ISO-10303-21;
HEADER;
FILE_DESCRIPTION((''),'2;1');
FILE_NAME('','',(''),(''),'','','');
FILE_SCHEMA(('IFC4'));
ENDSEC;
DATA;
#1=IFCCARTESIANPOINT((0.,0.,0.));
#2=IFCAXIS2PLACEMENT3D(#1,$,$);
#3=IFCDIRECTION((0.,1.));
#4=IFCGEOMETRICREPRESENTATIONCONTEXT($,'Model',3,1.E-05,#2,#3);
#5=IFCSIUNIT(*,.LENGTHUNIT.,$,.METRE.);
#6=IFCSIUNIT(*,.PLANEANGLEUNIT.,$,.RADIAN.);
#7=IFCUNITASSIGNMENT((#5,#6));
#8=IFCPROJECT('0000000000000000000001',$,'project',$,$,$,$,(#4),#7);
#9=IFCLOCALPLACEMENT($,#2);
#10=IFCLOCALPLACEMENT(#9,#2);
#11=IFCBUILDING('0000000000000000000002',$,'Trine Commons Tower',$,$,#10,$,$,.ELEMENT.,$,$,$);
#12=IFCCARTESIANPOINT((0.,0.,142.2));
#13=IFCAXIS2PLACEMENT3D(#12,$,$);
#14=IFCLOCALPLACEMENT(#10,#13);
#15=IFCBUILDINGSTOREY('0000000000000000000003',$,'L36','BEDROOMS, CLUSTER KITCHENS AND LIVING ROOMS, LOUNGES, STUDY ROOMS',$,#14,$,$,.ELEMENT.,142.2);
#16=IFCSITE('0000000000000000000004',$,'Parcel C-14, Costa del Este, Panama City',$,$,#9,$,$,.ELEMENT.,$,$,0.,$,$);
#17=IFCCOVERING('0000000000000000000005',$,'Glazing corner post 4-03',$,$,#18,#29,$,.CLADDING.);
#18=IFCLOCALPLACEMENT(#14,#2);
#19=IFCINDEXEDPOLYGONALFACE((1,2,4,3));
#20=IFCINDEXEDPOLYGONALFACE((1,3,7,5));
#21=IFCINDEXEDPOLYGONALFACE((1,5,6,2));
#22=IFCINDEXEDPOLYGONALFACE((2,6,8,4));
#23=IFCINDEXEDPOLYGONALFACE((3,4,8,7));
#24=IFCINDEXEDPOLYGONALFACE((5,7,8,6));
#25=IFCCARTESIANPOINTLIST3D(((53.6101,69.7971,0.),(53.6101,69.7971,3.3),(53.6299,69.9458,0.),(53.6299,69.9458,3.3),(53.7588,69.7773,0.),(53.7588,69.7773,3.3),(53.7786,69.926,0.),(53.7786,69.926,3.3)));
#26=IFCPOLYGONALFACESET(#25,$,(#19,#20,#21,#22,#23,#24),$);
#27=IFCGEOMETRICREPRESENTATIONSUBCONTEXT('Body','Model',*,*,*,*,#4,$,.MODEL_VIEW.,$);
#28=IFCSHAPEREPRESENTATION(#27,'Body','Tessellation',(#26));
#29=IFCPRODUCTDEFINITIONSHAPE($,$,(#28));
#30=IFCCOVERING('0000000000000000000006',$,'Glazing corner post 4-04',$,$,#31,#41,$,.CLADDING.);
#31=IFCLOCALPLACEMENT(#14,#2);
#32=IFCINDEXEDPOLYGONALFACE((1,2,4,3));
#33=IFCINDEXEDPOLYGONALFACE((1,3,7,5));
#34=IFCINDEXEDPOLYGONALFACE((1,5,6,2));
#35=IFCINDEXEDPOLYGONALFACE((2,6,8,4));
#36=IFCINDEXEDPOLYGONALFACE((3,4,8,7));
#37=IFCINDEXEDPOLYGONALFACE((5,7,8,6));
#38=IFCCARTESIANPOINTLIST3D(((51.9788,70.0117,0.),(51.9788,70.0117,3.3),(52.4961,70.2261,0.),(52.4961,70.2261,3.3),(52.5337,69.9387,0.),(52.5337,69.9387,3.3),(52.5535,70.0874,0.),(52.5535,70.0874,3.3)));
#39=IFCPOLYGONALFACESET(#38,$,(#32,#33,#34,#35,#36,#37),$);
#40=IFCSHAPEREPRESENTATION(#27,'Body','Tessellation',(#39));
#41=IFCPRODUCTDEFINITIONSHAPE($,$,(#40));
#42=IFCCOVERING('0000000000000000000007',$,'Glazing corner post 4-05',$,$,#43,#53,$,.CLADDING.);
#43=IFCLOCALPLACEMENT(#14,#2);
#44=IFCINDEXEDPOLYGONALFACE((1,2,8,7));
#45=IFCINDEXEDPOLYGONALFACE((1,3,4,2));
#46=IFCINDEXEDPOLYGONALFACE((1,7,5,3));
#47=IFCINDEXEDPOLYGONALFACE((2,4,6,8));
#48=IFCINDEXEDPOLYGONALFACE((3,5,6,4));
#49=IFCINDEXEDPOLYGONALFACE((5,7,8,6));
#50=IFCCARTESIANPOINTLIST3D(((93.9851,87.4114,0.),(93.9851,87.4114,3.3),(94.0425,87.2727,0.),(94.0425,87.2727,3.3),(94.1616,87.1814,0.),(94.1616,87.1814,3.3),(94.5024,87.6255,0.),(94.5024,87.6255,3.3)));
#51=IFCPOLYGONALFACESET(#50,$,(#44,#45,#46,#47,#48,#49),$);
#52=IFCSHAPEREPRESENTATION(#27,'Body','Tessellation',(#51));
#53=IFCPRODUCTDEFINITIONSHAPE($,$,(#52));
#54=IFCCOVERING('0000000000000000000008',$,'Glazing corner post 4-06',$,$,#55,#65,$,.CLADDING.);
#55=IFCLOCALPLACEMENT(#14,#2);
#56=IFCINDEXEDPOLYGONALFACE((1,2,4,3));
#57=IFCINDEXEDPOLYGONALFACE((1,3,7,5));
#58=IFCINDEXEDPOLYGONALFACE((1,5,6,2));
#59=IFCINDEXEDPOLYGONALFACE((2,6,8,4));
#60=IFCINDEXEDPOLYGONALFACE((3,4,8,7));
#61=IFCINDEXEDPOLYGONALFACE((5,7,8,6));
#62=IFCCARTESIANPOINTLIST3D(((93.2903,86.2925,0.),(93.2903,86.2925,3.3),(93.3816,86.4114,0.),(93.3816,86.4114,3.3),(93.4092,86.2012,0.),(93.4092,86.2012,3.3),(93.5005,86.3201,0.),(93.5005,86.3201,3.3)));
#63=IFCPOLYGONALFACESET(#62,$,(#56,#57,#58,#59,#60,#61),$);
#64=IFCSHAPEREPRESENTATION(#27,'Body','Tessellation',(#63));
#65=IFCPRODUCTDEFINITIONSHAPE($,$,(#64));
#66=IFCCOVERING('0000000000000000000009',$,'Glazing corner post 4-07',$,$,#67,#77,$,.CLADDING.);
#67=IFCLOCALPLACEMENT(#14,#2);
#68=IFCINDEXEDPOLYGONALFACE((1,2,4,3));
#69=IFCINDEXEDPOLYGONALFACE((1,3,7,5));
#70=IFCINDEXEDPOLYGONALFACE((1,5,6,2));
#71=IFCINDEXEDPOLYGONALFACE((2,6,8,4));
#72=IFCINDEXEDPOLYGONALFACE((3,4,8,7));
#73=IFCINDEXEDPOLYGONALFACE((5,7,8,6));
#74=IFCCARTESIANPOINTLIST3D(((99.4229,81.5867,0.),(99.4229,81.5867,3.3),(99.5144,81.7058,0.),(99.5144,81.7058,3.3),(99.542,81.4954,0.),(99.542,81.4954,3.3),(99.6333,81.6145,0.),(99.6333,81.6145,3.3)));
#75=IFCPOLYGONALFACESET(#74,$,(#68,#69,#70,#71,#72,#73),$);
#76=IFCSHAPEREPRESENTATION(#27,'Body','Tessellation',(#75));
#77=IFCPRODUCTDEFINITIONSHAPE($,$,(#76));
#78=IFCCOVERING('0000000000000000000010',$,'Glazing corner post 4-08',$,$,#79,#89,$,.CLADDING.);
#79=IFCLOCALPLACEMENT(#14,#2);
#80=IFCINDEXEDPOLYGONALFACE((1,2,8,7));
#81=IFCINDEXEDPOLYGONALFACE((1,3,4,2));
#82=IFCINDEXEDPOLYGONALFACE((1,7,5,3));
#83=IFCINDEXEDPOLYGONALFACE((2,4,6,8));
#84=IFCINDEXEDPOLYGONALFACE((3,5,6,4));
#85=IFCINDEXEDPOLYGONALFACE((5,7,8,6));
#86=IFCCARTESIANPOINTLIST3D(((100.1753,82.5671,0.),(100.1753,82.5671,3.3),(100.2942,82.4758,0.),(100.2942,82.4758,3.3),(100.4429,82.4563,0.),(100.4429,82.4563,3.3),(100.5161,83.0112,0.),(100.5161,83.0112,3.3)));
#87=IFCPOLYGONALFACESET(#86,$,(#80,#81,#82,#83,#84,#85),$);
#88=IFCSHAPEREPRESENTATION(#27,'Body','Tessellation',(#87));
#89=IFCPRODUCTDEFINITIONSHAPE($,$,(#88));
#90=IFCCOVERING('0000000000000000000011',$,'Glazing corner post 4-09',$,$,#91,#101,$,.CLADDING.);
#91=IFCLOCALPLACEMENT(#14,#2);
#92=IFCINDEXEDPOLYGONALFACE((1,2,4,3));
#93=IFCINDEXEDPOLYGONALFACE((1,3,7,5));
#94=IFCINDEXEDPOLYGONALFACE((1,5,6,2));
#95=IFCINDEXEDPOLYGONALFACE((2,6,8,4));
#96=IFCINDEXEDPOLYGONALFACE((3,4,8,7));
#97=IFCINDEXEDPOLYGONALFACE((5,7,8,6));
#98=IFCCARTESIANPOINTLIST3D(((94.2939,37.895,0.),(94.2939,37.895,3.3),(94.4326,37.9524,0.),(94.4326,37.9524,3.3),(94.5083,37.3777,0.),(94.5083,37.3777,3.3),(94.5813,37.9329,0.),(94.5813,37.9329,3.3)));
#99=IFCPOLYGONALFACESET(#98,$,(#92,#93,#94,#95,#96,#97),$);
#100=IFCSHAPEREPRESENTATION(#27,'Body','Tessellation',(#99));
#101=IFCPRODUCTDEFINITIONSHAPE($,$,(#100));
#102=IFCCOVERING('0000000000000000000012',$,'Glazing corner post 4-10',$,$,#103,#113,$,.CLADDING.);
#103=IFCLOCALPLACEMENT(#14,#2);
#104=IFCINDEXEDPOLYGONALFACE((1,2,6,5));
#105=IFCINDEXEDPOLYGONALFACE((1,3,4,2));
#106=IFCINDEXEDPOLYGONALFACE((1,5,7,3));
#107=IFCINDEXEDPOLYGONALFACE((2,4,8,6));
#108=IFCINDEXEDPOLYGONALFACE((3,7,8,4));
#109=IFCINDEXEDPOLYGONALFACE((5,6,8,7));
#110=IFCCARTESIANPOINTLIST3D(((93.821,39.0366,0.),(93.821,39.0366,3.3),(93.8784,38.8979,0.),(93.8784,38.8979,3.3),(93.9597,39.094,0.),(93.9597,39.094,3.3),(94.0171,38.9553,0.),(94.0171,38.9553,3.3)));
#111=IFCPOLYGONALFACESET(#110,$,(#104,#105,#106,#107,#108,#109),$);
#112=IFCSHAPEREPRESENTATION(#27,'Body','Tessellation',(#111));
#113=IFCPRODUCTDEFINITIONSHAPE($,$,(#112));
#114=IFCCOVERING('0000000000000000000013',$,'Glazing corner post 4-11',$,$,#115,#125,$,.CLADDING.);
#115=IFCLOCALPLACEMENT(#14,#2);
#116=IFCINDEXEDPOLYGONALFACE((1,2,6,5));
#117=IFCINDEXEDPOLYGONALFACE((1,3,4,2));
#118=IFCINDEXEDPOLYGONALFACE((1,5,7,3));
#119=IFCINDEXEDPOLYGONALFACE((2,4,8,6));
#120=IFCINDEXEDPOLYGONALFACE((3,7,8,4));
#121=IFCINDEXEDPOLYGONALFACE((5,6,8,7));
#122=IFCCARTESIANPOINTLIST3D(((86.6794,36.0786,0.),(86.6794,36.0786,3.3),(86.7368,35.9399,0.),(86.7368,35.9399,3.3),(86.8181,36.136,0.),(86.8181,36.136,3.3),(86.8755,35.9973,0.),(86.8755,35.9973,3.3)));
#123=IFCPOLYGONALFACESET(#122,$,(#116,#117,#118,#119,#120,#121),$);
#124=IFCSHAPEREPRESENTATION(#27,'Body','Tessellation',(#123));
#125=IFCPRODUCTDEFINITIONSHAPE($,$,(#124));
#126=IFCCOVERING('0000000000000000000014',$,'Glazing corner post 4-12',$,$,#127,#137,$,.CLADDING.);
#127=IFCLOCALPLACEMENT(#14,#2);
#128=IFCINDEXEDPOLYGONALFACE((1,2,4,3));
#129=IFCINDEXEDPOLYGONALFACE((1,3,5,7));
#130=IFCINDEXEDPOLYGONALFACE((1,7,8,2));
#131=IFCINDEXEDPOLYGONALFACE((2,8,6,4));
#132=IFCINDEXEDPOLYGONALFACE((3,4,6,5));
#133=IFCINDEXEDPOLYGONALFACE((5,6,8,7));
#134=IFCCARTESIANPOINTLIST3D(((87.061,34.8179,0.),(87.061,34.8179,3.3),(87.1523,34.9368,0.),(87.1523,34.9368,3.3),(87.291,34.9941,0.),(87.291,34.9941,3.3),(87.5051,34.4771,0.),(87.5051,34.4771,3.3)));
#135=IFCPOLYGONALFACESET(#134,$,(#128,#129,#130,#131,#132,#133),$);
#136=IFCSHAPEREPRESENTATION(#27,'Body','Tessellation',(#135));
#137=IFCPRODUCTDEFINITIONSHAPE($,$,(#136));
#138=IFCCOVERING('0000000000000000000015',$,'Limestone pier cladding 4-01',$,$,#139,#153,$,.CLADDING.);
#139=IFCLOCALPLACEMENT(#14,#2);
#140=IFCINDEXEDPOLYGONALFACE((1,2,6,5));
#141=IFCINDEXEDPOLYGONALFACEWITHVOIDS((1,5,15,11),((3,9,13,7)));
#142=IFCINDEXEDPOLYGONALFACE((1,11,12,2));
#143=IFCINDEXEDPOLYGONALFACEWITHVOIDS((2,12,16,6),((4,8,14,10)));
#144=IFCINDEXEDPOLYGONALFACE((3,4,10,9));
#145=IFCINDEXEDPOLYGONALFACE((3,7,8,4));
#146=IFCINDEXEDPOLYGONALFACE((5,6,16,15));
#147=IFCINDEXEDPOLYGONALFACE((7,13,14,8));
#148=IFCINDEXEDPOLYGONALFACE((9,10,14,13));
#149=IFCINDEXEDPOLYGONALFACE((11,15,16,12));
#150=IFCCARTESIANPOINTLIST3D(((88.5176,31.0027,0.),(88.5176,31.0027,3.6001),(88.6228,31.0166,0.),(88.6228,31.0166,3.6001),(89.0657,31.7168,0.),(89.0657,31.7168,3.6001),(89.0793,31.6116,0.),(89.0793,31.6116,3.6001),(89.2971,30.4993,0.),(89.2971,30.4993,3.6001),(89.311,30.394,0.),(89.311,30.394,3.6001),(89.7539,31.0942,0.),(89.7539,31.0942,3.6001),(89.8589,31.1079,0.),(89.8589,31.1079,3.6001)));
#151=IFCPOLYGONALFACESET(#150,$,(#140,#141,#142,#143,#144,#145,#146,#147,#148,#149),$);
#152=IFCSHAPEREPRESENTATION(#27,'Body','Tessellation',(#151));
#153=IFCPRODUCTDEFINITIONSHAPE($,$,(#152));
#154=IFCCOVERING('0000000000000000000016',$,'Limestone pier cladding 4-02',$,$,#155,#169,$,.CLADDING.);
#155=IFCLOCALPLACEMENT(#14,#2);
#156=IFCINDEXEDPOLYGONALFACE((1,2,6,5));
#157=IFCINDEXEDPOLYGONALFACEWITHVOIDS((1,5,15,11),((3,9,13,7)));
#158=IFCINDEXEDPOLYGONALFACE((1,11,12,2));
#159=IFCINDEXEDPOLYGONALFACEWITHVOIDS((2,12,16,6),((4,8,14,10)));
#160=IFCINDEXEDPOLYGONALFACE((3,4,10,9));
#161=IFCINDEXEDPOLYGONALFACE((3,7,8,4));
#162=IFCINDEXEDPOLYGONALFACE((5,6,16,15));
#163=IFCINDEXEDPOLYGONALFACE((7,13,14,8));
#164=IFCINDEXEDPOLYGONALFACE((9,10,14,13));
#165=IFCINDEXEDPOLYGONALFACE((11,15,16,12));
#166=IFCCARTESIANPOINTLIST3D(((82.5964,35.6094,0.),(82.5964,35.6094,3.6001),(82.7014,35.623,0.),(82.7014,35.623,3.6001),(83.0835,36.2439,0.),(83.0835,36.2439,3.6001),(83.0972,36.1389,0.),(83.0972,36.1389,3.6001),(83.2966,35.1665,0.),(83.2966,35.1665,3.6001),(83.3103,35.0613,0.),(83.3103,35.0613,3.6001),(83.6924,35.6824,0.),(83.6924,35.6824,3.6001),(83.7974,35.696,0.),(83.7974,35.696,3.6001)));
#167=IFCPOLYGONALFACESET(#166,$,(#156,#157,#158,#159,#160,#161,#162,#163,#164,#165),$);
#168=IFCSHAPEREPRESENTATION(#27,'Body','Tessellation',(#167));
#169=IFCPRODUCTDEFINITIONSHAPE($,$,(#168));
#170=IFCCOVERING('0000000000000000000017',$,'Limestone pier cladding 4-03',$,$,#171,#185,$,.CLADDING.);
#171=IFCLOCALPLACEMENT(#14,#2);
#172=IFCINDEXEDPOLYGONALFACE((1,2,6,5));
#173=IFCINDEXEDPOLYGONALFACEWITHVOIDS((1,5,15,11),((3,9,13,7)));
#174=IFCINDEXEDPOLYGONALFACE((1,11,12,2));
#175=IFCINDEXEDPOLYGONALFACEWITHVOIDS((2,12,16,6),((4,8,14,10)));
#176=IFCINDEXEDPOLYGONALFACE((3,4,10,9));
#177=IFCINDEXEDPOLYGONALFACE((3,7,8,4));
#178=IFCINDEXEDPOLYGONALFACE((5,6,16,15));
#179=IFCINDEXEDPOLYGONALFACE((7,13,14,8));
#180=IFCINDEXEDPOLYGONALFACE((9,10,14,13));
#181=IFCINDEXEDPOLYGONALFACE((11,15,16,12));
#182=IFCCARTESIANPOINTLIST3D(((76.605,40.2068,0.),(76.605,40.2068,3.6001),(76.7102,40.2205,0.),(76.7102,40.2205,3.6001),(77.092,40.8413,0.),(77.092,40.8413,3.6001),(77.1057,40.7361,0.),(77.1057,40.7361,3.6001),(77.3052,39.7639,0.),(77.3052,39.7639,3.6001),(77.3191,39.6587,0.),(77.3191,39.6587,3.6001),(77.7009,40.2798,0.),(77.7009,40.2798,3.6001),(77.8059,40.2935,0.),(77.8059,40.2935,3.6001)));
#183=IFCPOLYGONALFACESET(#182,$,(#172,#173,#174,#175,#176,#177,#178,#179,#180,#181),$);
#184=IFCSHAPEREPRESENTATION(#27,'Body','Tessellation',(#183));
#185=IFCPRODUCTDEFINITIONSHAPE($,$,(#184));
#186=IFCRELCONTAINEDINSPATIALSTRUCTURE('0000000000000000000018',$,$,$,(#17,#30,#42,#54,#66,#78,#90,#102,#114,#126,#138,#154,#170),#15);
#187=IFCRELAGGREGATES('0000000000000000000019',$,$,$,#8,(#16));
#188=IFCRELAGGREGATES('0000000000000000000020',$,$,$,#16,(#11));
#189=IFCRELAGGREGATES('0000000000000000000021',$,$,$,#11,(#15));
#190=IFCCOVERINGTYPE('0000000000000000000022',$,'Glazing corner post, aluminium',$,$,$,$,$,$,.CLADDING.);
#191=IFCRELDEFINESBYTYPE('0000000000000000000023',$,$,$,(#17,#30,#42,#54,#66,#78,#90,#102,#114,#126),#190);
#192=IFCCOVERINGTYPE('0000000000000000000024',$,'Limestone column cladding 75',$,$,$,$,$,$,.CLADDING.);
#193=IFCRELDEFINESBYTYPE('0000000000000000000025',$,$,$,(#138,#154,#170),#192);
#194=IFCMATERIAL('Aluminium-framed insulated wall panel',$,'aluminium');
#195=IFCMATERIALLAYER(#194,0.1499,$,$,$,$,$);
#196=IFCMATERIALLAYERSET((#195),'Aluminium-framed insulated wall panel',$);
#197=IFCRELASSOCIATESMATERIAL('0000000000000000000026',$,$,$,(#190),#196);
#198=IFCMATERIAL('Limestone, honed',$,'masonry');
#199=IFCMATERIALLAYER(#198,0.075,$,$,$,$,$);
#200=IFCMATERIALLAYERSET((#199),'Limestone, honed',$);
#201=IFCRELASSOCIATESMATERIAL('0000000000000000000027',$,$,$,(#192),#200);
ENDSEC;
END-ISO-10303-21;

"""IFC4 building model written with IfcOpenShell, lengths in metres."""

from ifc_helpers import new_model, si_unit, direction, frame, origin, place, context, subcontext, project, spatial, polyline, outline, extrude, material, layer, layer_set, type_object, element, save


model = new_model("IFC4")

# Units and contexts
model_context = context("Model", 3, precision=1e-05, world=origin(), true_north=direction((0.0, 1.0)))
body_context = subcontext(model_context, "Body", "Model", "MODEL_VIEW")
ifc_project = project(units=[si_unit("LENGTHUNIT", "METRE"), si_unit("PLANEANGLEUNIT", "RADIAN")], contexts=[model_context])

# Site, building, storey
site_placement = place(None, origin())
site = spatial("IfcSite", under=ifc_project, at=site_placement, Name="Parcel C-14, Costa del Este, Panama City", CompositionType="ELEMENT", RefElevation=0.0)
building_placement = place(site_placement, origin())
building = spatial("IfcBuilding", under=site, at=building_placement, Name="Trine Commons Tower", CompositionType="ELEMENT")
storey_placement = place(building_placement, frame((0.0, 0.0, 142.2)))
storey = spatial("IfcBuildingStorey", under=building, at=storey_placement, Name="L36", Description="BEDROOMS, CLUSTER KITCHENS AND LIVING ROOMS, LOUNGES, STUDY ROOMS", CompositionType="ELEMENT", Elevation=142.2)

# Coverings
ifc_material_1 = material(Name="Aluminium-framed insulated wall panel", Category="aluminium")
ifc_layer_1 = layer(ifc_material_1, 0.1499)
ifc_layer_set_1 = layer_set([ifc_layer_1], Name="Aluminium-framed insulated wall panel")
covering_type_1 = type_object("IfcCoveringType", Name="Glazing corner post, aluminium", PredefinedType="CLADDING", material=ifc_layer_set_1)
covering_1_placement = place(storey_placement, origin())
element("IfcCovering", 1, at=covering_1_placement, inside=storey, type_object=covering_type_1, Name="Glazing corner post 4-03", PredefinedType="CLADDING", context=body_context, shape_type="SweptSolid", body=[
    extrude(outline(polyline([(53.6101, 69.7971), (53.7588, 69.7773), (53.7786, 69.926), (53.6299, 69.9458), (53.6101, 69.7971)])), origin(), (0.0, 0.0, 1.0), 3.3),
])
covering_2_placement = place(storey_placement, origin())
element("IfcCovering", 2, at=covering_2_placement, inside=storey, type_object=covering_type_1, Name="Glazing corner post 4-04", PredefinedType="CLADDING", context=body_context, shape_type="SweptSolid", body=[
    extrude(outline(polyline([(52.5337, 69.9387), (52.5535, 70.0874), (52.4961, 70.2261), (51.9788, 70.0117), (52.5337, 69.9387)])), origin(), (0.0, 0.0, 1.0), 3.3),
])
covering_3_placement = place(storey_placement, origin())
element("IfcCovering", 3, at=covering_3_placement, inside=storey, type_object=covering_type_1, Name="Glazing corner post 4-05", PredefinedType="CLADDING", context=body_context, shape_type="SweptSolid", body=[
    extrude(outline(polyline([(94.0425, 87.2727), (94.0425, 87.2727), (94.1616, 87.1814), (94.5024, 87.6255), (93.9851, 87.4114), (94.0425, 87.2727)])), origin(), (0.0, 0.0, 1.0), 3.3),
])
covering_4_placement = place(storey_placement, origin())
element("IfcCovering", 4, at=covering_4_placement, inside=storey, type_object=covering_type_1, Name="Glazing corner post 4-06", PredefinedType="CLADDING", context=body_context, shape_type="SweptSolid", body=[
    extrude(outline(polyline([(93.4092, 86.2012), (93.5005, 86.3201), (93.3816, 86.4114), (93.2903, 86.2925), (93.4092, 86.2012)])), origin(), (0.0, 0.0, 1.0), 3.3),
])
covering_5_placement = place(storey_placement, origin())
element("IfcCovering", 5, at=covering_5_placement, inside=storey, type_object=covering_type_1, Name="Glazing corner post 4-07", PredefinedType="CLADDING", context=body_context, shape_type="SweptSolid", body=[
    extrude(outline(polyline([(99.4229, 81.5867), (99.542, 81.4954), (99.6333, 81.6145), (99.5144, 81.7058), (99.4229, 81.5867)])), origin(), (0.0, 0.0, 1.0), 3.3),
])
covering_6_placement = place(storey_placement, origin())
element("IfcCovering", 6, at=covering_6_placement, inside=storey, type_object=covering_type_1, Name="Glazing corner post 4-08", PredefinedType="CLADDING", context=body_context, shape_type="SweptSolid", body=[
    extrude(outline(polyline([(100.4429, 82.4563), (100.5161, 83.0112), (100.1753, 82.5671), (100.2942, 82.4758), (100.4429, 82.4563)])), origin(), (0.0, 0.0, 1.0), 3.3),
])
covering_7_placement = place(storey_placement, origin())
element("IfcCovering", 7, at=covering_7_placement, inside=storey, type_object=covering_type_1, Name="Glazing corner post 4-09", PredefinedType="CLADDING", context=body_context, shape_type="SweptSolid", body=[
    extrude(outline(polyline([(94.2939, 37.895), (94.5083, 37.3777), (94.5813, 37.9329), (94.4326, 37.9524), (94.4326, 37.9524), (94.2939, 37.895)])), origin(), (0.0, 0.0, 1.0), 3.3),
])
covering_8_placement = place(storey_placement, origin())
element("IfcCovering", 8, at=covering_8_placement, inside=storey, type_object=covering_type_1, Name="Glazing corner post 4-10", PredefinedType="CLADDING", context=body_context, shape_type="SweptSolid", body=[
    extrude(outline(polyline([(93.821, 39.0366), (93.8784, 38.8979), (93.8784, 38.8979), (94.0171, 38.9553), (93.9597, 39.094), (93.821, 39.0366)])), origin(), (0.0, 0.0, 1.0), 3.3),
])
covering_9_placement = place(storey_placement, origin())
element("IfcCovering", 9, at=covering_9_placement, inside=storey, type_object=covering_type_1, Name="Glazing corner post 4-11", PredefinedType="CLADDING", context=body_context, shape_type="SweptSolid", body=[
    extrude(outline(polyline([(86.7368, 35.9399), (86.8755, 35.9973), (86.8181, 36.136), (86.6794, 36.0786), (86.7368, 35.9399)])), origin(), (0.0, 0.0, 1.0), 3.3),
])
covering_10_placement = place(storey_placement, origin())
element("IfcCovering", 10, at=covering_10_placement, inside=storey, type_object=covering_type_1, Name="Glazing corner post 4-12", PredefinedType="CLADDING", context=body_context, shape_type="SweptSolid", body=[
    extrude(outline(polyline([(87.061, 34.8179), (87.5051, 34.4771), (87.291, 34.9941), (87.1523, 34.9368), (87.061, 34.8179)])), origin(), (0.0, 0.0, 1.0), 3.3),
])
ifc_material_2 = material(Name="Limestone, honed", Category="masonry")
ifc_layer_2 = layer(ifc_material_2, 0.075)
ifc_layer_set_2 = layer_set([ifc_layer_2], Name="Limestone, honed")
covering_type_2 = type_object("IfcCoveringType", Name="Limestone column cladding 75", PredefinedType="CLADDING", material=ifc_layer_set_2)
covering_11_placement = place(storey_placement, origin())
element("IfcCovering", 11, at=covering_11_placement, inside=storey, type_object=covering_type_2, Name="Limestone pier cladding 4-01", PredefinedType="CLADDING", context=body_context, shape_type="SweptSolid", body=[
    extrude(outline(polyline([(89.0657, 31.7168), (88.5176, 31.0027), (89.311, 30.394), (89.8589, 31.1079), (89.0657, 31.7168)]), holes=[polyline([(89.0793, 31.6116), (88.6228, 31.0166), (89.2971, 30.4993), (89.7539, 31.0942), (89.0793, 31.6116)])]), origin(), (0.0, 0.0, 1.0), 3.6001),
])
covering_12_placement = place(storey_placement, origin())
element("IfcCovering", 12, at=covering_12_placement, inside=storey, type_object=covering_type_2, Name="Limestone pier cladding 4-02", PredefinedType="CLADDING", context=body_context, shape_type="SweptSolid", body=[
    extrude(outline(polyline([(83.0835, 36.2439), (82.5964, 35.6094), (83.3103, 35.0613), (83.7974, 35.696), (83.0835, 36.2439)]), holes=[polyline([(83.0972, 36.1389), (82.7014, 35.623), (83.2966, 35.1665), (83.6924, 35.6824), (83.0972, 36.1389)])]), origin(), (0.0, 0.0, 1.0), 3.6001),
])
covering_13_placement = place(storey_placement, origin())
element("IfcCovering", 13, at=covering_13_placement, inside=storey, type_object=covering_type_2, Name="Limestone pier cladding 4-03", PredefinedType="CLADDING", context=body_context, shape_type="SweptSolid", body=[
    extrude(outline(polyline([(77.092, 40.8413), (76.605, 40.2068), (77.3191, 39.6587), (77.8059, 40.2935), (77.092, 40.8413)]), holes=[polyline([(77.1057, 40.7361), (76.7102, 40.2205), (77.3052, 39.7639), (77.7009, 40.2798), (77.1057, 40.7361)])]), origin(), (0.0, 0.0, 1.0), 3.6001),
])

save(model, "model.ifc")
